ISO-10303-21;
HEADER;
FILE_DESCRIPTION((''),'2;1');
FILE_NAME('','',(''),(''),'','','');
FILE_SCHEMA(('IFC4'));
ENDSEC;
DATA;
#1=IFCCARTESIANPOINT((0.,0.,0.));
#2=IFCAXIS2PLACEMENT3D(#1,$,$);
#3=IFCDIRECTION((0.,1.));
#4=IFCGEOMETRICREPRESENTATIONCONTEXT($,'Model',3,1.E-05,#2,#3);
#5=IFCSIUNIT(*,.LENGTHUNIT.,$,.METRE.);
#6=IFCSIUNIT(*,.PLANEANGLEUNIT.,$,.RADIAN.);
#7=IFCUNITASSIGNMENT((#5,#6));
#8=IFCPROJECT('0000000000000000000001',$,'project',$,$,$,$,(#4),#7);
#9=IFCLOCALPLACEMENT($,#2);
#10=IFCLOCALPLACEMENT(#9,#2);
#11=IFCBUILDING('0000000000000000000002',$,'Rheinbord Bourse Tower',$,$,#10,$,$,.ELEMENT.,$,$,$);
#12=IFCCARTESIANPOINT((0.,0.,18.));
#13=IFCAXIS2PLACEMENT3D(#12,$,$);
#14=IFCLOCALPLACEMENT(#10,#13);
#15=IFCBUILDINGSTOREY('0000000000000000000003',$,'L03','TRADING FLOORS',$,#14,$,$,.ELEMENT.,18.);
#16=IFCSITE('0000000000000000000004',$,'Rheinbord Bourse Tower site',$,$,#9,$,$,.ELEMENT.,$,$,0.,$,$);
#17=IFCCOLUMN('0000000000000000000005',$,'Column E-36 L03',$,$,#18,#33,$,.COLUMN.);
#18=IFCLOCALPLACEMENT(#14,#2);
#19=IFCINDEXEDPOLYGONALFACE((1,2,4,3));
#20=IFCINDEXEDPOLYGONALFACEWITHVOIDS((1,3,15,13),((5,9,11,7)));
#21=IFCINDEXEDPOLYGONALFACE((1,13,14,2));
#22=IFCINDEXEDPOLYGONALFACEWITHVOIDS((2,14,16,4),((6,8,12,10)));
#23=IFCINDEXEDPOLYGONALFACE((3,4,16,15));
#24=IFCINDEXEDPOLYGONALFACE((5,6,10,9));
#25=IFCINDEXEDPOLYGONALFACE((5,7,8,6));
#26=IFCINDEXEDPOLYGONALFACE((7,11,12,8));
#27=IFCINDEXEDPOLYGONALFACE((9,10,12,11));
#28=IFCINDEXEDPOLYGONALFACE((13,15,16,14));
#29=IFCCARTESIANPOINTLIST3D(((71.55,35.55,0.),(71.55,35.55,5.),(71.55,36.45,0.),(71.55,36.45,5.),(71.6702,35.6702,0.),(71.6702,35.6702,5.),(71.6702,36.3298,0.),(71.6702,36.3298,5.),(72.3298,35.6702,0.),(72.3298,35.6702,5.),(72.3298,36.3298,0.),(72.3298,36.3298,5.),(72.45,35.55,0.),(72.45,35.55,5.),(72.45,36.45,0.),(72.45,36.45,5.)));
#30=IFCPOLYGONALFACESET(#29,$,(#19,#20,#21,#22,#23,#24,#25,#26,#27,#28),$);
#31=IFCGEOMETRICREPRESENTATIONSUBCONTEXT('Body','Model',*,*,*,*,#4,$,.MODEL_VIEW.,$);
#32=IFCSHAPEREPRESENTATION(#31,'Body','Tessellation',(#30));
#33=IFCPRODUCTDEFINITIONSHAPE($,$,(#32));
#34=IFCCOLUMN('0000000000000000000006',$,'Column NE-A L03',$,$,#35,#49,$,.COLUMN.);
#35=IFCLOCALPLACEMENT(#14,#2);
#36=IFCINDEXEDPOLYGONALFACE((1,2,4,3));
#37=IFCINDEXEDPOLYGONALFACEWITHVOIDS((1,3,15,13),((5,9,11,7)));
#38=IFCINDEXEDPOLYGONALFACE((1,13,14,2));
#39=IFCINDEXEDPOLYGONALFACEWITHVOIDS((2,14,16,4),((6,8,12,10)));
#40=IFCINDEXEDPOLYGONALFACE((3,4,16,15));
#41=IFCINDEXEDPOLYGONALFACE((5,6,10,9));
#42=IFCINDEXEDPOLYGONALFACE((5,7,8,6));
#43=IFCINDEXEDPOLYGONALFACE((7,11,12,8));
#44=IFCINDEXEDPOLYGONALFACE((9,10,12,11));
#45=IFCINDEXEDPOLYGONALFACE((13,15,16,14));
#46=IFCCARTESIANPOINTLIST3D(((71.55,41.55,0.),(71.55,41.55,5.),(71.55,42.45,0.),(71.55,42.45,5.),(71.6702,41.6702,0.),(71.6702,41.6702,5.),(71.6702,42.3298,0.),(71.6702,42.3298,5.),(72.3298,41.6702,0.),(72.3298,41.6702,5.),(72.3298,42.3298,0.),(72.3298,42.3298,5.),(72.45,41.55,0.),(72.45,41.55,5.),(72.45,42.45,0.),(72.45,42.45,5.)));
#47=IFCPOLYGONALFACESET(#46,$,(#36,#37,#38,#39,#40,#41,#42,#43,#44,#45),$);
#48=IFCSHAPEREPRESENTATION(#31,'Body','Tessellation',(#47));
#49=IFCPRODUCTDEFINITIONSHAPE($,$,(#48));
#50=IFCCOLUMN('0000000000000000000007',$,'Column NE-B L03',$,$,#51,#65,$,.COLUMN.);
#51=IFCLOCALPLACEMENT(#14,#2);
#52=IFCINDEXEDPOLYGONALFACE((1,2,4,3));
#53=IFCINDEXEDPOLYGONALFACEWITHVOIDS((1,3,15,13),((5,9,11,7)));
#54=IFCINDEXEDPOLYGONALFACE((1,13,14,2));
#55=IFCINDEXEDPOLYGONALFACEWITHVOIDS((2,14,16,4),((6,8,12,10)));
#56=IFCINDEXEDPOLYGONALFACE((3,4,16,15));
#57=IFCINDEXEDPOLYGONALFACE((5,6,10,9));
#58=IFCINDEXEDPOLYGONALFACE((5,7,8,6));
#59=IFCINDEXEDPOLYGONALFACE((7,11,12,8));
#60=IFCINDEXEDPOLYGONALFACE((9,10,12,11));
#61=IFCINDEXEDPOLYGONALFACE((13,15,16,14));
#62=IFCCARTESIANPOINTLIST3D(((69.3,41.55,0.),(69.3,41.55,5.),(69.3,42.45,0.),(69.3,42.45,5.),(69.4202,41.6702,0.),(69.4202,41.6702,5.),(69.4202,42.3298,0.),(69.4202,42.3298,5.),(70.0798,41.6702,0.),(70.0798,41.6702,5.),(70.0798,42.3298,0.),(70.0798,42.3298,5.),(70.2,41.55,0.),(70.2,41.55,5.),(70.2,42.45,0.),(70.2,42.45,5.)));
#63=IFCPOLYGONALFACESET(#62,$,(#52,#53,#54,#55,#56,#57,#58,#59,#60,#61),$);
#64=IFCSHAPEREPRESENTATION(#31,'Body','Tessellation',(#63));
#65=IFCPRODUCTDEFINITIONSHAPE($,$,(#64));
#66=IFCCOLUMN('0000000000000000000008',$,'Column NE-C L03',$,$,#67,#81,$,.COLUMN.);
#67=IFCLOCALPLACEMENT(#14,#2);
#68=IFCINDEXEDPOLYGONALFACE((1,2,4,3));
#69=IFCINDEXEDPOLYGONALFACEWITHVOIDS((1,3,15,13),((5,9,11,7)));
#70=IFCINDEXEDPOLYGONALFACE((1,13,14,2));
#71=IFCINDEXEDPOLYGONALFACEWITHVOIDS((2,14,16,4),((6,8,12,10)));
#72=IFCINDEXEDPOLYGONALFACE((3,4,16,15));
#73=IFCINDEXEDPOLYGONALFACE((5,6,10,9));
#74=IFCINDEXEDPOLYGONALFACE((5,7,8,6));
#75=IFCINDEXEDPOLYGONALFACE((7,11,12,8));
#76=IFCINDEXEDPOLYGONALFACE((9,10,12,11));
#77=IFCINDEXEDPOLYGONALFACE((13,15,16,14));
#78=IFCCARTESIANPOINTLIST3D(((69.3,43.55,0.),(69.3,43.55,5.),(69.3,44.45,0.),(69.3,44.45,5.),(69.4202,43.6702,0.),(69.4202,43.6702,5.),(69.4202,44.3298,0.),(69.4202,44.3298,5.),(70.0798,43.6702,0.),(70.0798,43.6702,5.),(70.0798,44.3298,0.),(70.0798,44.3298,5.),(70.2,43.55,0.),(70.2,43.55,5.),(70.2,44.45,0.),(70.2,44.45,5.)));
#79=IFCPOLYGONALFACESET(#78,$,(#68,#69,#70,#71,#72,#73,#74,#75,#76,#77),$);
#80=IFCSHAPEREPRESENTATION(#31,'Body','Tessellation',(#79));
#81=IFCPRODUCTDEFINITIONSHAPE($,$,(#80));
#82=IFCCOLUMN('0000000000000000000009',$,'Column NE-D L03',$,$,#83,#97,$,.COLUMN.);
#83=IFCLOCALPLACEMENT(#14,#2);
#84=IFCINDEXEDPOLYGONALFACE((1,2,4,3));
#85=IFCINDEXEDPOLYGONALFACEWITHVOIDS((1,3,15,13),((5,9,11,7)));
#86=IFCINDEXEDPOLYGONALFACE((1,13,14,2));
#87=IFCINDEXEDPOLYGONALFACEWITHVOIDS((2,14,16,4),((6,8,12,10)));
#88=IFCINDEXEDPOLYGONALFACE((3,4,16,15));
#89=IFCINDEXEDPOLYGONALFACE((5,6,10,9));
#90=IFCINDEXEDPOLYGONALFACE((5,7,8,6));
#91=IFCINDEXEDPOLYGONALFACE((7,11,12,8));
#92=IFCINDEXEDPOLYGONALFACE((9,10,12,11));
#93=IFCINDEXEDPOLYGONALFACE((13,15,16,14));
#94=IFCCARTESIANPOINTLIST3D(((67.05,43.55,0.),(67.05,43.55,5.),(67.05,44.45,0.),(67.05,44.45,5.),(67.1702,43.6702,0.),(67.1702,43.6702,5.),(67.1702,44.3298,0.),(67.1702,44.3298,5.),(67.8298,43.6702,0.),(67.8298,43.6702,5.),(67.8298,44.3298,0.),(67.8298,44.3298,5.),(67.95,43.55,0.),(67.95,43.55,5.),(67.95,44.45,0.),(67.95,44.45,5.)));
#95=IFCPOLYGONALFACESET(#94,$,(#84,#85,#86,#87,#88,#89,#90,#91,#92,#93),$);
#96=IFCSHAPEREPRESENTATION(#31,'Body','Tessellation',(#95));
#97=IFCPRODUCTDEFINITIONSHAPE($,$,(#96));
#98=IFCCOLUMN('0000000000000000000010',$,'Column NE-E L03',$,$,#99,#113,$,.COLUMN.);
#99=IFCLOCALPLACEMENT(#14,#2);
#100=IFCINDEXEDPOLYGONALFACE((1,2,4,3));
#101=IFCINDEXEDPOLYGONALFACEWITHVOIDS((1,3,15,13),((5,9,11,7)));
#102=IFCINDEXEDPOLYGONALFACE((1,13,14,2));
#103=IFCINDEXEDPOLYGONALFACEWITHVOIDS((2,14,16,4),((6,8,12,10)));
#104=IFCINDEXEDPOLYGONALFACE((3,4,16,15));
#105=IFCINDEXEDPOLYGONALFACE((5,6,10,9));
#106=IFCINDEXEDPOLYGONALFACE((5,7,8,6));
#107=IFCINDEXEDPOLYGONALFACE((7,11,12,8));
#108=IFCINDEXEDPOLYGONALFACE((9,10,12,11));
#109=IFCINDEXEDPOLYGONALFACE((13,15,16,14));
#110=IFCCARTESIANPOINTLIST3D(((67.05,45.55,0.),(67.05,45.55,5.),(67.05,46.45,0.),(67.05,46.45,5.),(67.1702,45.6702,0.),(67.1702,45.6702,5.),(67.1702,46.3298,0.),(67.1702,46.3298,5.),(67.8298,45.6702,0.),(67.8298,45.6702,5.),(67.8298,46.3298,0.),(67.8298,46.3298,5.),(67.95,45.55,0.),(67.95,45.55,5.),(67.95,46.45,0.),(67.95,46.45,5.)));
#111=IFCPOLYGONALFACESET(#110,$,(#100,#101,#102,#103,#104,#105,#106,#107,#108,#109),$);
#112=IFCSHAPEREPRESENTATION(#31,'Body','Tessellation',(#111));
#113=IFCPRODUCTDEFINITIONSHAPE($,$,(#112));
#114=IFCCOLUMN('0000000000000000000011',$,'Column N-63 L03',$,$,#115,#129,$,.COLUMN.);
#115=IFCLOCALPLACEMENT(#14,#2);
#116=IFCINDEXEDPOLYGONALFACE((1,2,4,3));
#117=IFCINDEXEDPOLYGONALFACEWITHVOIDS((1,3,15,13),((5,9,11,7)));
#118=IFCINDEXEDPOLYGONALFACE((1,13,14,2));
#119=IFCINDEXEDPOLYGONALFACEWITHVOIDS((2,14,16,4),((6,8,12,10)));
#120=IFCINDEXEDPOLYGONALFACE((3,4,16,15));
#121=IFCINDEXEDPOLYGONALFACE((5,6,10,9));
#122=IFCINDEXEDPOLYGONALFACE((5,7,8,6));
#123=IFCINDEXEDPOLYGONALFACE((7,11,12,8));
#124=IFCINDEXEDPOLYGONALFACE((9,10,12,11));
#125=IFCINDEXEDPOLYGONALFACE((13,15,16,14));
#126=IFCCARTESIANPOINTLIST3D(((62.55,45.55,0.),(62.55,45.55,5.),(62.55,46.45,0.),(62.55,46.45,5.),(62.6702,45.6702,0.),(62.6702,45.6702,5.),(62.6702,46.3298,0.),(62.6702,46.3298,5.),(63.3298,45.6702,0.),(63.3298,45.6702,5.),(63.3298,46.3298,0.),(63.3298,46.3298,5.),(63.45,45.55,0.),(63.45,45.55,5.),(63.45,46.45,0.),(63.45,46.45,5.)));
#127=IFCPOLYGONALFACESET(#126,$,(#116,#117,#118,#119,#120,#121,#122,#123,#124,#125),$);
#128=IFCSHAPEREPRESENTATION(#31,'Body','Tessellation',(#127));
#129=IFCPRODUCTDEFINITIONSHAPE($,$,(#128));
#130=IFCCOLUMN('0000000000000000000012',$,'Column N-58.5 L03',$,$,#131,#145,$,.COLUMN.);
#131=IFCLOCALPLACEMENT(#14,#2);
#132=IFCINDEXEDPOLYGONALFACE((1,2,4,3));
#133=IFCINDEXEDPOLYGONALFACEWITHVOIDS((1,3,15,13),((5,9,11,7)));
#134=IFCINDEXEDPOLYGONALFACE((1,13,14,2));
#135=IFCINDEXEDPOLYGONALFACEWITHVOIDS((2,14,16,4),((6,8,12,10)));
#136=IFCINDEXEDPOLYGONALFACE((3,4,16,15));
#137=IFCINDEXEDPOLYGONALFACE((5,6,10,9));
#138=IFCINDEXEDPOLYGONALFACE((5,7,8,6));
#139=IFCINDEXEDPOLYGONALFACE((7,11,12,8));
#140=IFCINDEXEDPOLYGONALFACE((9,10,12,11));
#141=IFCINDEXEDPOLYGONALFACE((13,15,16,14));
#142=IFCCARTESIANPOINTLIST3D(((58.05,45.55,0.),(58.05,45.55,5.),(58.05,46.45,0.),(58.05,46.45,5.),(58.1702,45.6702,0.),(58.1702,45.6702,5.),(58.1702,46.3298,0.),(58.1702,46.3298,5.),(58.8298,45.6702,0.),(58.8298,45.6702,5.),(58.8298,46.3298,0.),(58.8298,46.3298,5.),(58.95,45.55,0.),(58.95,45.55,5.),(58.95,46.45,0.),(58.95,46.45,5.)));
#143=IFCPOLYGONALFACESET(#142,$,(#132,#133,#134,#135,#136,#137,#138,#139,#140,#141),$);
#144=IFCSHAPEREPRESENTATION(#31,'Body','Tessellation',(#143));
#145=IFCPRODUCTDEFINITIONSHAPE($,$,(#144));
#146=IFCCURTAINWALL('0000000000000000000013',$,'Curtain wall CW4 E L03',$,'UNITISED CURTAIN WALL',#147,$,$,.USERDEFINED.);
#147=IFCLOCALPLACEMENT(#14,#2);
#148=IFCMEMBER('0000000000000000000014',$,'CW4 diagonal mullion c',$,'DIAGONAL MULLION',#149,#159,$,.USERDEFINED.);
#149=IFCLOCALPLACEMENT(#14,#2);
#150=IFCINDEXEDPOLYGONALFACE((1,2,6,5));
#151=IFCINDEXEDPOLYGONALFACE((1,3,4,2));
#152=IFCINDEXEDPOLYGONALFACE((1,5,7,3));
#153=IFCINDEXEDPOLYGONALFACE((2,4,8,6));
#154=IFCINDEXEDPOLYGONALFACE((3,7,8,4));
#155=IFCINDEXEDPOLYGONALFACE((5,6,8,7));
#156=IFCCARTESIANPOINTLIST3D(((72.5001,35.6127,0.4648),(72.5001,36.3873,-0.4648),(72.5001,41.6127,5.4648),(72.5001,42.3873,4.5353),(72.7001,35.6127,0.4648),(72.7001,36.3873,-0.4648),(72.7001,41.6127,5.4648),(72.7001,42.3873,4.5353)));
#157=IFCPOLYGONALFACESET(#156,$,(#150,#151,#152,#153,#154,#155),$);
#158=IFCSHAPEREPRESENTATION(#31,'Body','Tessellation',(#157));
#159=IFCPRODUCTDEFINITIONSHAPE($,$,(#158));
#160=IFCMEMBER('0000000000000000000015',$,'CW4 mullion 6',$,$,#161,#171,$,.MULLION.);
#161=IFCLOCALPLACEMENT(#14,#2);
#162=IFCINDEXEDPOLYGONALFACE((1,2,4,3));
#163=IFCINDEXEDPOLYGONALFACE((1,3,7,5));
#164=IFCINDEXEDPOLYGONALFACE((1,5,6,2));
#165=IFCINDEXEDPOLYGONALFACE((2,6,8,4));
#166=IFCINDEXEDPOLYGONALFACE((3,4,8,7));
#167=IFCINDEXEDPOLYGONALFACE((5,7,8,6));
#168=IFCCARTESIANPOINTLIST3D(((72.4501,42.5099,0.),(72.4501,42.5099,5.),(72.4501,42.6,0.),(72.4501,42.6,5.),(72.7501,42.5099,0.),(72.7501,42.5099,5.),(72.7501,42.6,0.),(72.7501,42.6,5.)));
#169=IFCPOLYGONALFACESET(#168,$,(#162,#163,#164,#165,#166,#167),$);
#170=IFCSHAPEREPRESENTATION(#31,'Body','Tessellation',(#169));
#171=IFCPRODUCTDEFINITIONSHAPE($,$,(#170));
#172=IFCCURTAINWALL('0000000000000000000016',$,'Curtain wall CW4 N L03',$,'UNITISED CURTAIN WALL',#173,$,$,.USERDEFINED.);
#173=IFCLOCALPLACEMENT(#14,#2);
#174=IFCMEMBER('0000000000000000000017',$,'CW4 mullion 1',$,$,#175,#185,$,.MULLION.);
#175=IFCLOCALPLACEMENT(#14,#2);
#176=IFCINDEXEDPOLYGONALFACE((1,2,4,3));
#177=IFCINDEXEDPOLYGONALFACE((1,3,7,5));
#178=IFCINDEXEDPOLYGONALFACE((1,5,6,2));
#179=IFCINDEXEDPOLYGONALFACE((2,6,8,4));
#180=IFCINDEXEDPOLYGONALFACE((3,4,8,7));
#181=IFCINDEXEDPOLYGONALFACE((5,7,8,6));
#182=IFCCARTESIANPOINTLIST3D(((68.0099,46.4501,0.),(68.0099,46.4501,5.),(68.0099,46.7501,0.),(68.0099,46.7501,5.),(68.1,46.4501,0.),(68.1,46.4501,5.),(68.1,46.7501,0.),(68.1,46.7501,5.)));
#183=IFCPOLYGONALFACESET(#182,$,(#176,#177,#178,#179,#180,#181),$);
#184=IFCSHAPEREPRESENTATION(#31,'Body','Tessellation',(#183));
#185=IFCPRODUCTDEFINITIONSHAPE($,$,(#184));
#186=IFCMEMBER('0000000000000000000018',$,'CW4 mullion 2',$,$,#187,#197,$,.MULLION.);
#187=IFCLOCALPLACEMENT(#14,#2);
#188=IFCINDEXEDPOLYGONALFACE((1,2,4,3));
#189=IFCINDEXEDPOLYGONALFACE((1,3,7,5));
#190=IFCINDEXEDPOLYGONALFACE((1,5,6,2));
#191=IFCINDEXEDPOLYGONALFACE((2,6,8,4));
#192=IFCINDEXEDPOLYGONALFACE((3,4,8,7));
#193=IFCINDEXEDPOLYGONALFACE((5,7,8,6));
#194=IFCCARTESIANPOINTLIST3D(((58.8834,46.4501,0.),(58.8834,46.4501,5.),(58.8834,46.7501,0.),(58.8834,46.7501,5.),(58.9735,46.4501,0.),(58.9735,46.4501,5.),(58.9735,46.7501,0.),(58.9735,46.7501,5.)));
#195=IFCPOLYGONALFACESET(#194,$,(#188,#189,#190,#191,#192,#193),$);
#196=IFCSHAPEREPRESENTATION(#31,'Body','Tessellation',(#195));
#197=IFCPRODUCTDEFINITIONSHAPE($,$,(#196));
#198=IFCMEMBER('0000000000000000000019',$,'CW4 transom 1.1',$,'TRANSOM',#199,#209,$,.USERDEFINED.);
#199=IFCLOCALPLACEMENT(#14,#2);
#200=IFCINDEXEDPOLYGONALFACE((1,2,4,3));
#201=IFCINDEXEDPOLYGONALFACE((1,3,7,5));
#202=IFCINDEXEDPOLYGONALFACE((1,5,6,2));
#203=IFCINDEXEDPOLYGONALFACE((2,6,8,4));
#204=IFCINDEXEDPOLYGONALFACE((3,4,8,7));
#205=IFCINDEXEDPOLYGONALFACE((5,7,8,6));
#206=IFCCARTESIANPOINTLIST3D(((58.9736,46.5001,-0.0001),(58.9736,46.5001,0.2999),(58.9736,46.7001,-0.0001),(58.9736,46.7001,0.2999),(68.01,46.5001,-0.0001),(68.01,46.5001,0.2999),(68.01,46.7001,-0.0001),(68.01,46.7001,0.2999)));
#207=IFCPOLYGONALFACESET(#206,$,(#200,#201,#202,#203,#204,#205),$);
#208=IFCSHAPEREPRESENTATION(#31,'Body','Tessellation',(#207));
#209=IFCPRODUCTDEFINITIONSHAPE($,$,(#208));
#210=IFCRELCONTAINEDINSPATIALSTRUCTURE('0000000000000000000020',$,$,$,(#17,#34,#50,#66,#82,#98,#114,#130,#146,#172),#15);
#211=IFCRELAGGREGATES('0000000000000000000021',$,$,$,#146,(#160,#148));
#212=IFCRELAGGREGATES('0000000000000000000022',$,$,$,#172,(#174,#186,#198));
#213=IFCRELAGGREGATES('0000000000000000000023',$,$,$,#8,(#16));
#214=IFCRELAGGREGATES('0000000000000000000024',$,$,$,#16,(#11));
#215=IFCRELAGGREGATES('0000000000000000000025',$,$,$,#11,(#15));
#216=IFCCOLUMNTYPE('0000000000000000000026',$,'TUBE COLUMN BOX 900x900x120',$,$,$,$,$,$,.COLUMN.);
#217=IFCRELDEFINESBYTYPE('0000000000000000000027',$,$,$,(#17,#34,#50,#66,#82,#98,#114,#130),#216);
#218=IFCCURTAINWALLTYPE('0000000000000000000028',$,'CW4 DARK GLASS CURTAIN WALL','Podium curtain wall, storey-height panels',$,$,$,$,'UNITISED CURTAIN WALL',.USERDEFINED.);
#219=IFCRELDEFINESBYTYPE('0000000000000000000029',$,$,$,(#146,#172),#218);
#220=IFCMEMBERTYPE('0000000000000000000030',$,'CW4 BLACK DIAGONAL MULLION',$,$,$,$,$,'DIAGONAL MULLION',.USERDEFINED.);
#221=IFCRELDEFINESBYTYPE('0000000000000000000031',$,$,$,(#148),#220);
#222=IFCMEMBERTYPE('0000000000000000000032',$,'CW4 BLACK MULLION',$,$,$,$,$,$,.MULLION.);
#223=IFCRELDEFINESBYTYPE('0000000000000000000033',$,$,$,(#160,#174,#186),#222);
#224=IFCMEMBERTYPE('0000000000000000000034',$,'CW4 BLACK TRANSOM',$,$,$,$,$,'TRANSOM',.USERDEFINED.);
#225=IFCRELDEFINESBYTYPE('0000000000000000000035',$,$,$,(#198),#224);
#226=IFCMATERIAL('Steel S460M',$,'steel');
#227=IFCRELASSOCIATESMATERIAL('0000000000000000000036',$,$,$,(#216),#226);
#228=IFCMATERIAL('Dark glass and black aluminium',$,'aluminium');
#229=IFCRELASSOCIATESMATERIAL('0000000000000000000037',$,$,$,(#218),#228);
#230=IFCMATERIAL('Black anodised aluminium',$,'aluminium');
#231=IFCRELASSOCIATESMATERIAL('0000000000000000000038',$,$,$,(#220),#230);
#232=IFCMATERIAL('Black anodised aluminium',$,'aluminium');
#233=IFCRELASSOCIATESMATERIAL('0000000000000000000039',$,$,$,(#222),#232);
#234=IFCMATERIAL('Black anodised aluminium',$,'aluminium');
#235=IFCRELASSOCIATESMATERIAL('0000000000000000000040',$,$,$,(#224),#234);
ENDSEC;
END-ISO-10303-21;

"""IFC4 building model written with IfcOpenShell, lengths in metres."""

from ifc_helpers import new_model, si_unit, direction, frame, origin, origin_2d, place, context, subcontext, project, spatial, rectangle, hollow_rectangle, extrude, material, material_profile, profile_set, type_object, element, aggregate, save


model = new_model("IFC4")

# Units and contexts
model_context = context("Model", 3, precision=1e-05, world=origin(), true_north=direction((0.0, 1.0)))
body_context = subcontext(model_context, "Body", "Model", "MODEL_VIEW")
ifc_project = project(units=[si_unit("LENGTHUNIT", "METRE"), si_unit("PLANEANGLEUNIT", "RADIAN")], contexts=[model_context])

# Site, building, storey
site_placement = place(None, origin())
site = spatial("IfcSite", under=ifc_project, at=site_placement, Name="Rheinbord Bourse Tower site", CompositionType="ELEMENT", RefElevation=0.0)
building_placement = place(site_placement, origin())
building = spatial("IfcBuilding", under=site, at=building_placement, Name="Rheinbord Bourse Tower", CompositionType="ELEMENT")
storey_placement = place(building_placement, frame((0.0, 0.0, 18.0)))
storey = spatial("IfcBuildingStorey", under=building, at=storey_placement, Name="L03", Description="TRADING FLOORS", CompositionType="ELEMENT", Elevation=18.0)

# Columns
ifc_material_1 = material(Name="Steel S460M", Category="steel")
ifc_material_profile_1 = material_profile(ifc_material_1, hollow_rectangle(XDim=0.8999, YDim=0.8999, WallThickness=0.1201, at=origin_2d()), Name="BOX 900x900x120")
ifc_profile_set_1 = profile_set([ifc_material_profile_1], Name="Steel S460M")
column_type = type_object("IfcColumnType", Name="TUBE COLUMN BOX 900x900x120", PredefinedType="COLUMN", material=ifc_profile_set_1)
for number, where, z_axis, x_axis, name in (
    (1, (72.0, 36.0, 0.0), (0.0, 0.0, 1.0), (1.0, 0.0, 0.0), "Column E-36 L03"),
    (2, (72.0, 42.0, 0.0), (0.0, 0.0, 1.0), (1.0, 0.0, 0.0), "Column NE-A L03"),
    (3, (69.75, 42.0, 0.0), (0.0, 0.0, 1.0), (1.0, 0.0, 0.0), "Column NE-B L03"),
    (4, (69.75, 44.0, 0.0), (0.0, 0.0, 1.0), (1.0, 0.0, 0.0), "Column NE-C L03"),
    (5, (67.5, 44.0, 0.0), (0.0, 0.0, 1.0), (0.0, 1.0, 0.0), "Column NE-D L03"),
    (6, (67.5, 46.0, 0.0), (0.0, 0.0, 1.0), (0.0, 1.0, 0.0), "Column NE-E L03"),
    (7, (63.0, 46.0, 0.0), (0.0, 0.0, 1.0), (0.0, 1.0, 0.0), "Column N-63 L03"),
    (8, (58.5, 46.0, 0.0), (0.0, 0.0, 1.0), (0.0, 1.0, 0.0), "Column N-58.5 L03"),
):
    element("IfcColumn", number, at=place(storey_placement, frame(where, z_axis=z_axis, x_axis=x_axis)), inside=storey, type_object=column_type, Name=name, PredefinedType="COLUMN", context=body_context, shape_type="SweptSolid", body=[
        extrude(hollow_rectangle(XDim=0.8999, YDim=0.8999, WallThickness=0.1201, at=origin_2d()), origin(), (0.0, 0.0, 1.0), 5.0),
    ])

# Curtain walls, members
ifc_material_2 = material(Name="Dark glass and black aluminium", Category="aluminium")
curtain_wall_type = type_object("IfcCurtainWallType", Name="CW4 DARK GLASS CURTAIN WALL", Description="Podium curtain wall, storey-height panels", ElementType="UNITISED CURTAIN WALL", PredefinedType="USERDEFINED", material=ifc_material_2)
curtain_wall_1_placement = place(storey_placement, origin())
curtain_wall_1 = element("IfcCurtainWall", 9, at=curtain_wall_1_placement, inside=storey, type_object=curtain_wall_type, Name="Curtain wall CW4 E L03", ObjectType="UNITISED CURTAIN WALL", PredefinedType="USERDEFINED")
ifc_material_3 = material(Name="Black anodised aluminium", Category="aluminium")
ifc_material_profile_2 = material_profile(ifc_material_3, rectangle(XDim=0.2, YDim=1.21, at=origin_2d()), Name="CW4 DIAGONAL MULLION 1210x200")
ifc_profile_set_2 = profile_set([ifc_material_profile_2], Name="Black anodised aluminium")
member_type_1 = type_object("IfcMemberType", Name="CW4 BLACK DIAGONAL MULLION", ElementType="DIAGONAL MULLION", PredefinedType="USERDEFINED", material=ifc_profile_set_2)
member_1_placement = place(storey_placement, frame((72.6001, 36.0, 0.0), z_axis=(0.0, 0.768221, 0.640184), x_axis=(-1.0, 0.0, 0.0)))
member_1 = element("IfcMember", 10, at=member_1_placement, type_object=member_type_1, Name="CW4 diagonal mullion c", ObjectType="DIAGONAL MULLION", PredefinedType="USERDEFINED", context=body_context, shape_type="SweptSolid", body=[
    extrude(rectangle(XDim=0.2, YDim=1.21, at=origin_2d()), origin(), (0.0, 0.0, 1.0), 7.8103),
])
ifc_material_4 = material(Name="Black anodised aluminium", Category="aluminium")
ifc_material_profile_3 = material_profile(ifc_material_4, rectangle(XDim=0.3, YDim=0.0901, at=origin_2d()), Name="CW4 MULLION 90x300")
ifc_profile_set_3 = profile_set([ifc_material_profile_3], Name="Black anodised aluminium")
member_type_2 = type_object("IfcMemberType", Name="CW4 BLACK MULLION", PredefinedType="MULLION", material=ifc_profile_set_3)
member_2_placement = place(storey_placement, frame((72.6001, 42.5549, 0.0), z_axis=(0.0, 0.0, 1.0), x_axis=(-1.0, 0.0, 0.0)))
member_2 = element("IfcMember", 11, at=member_2_placement, type_object=member_type_2, Name="CW4 mullion 6", PredefinedType="MULLION", context=body_context, shape_type="SweptSolid", body=[
    extrude(rectangle(XDim=0.3, YDim=0.0901, at=origin_2d()), origin(), (0.0, 0.0, 1.0), 5.0),
])
curtain_wall_2_placement = place(storey_placement, origin())
curtain_wall_2 = element("IfcCurtainWall", 12, at=curtain_wall_2_placement, inside=storey, type_object=curtain_wall_type, Name="Curtain wall CW4 N L03", ObjectType="UNITISED CURTAIN WALL", PredefinedType="USERDEFINED")
member_3_placement = place(storey_placement, frame((68.0549, 46.6001, 0.0), z_axis=(0.0, 0.0, 1.0), x_axis=(0.0, -1.0, 0.0)))
member_3 = element("IfcMember", 13, at=member_3_placement, type_object=member_type_2, Name="CW4 mullion 1", PredefinedType="MULLION", context=body_context, shape_type="SweptSolid", body=[
    extrude(rectangle(XDim=0.3, YDim=0.0901, at=origin_2d()), origin(), (0.0, 0.0, 1.0), 5.0),
])
member_4_placement = place(storey_placement, frame((58.9285, 46.6001, 0.0), z_axis=(0.0, 0.0, 1.0), x_axis=(0.0, -1.0, 0.0)))
member_4 = element("IfcMember", 14, at=member_4_placement, type_object=member_type_2, Name="CW4 mullion 2", PredefinedType="MULLION", context=body_context, shape_type="SweptSolid", body=[
    extrude(rectangle(XDim=0.3, YDim=0.0901, at=origin_2d()), origin(), (0.0, 0.0, 1.0), 5.0),
])
ifc_material_5 = material(Name="Black anodised aluminium", Category="aluminium")
ifc_material_profile_4 = material_profile(ifc_material_5, rectangle(XDim=0.2, YDim=0.3, at=origin_2d()), Name="CW4 TRANSOM 300x200")
ifc_profile_set_4 = profile_set([ifc_material_profile_4], Name="Black anodised aluminium")
member_type_3 = type_object("IfcMemberType", Name="CW4 BLACK TRANSOM", ElementType="TRANSOM", PredefinedType="USERDEFINED", material=ifc_profile_set_4)
member_5_placement = place(storey_placement, frame((68.01, 46.6001, 0.1499), z_axis=(-1.0, 0.0, 0.0), x_axis=(0.0, -1.0, 0.0)))
member_5 = element("IfcMember", 15, at=member_5_placement, type_object=member_type_3, Name="CW4 transom 1.1", ObjectType="TRANSOM", PredefinedType="USERDEFINED", context=body_context, shape_type="SweptSolid", body=[
    extrude(rectangle(XDim=0.2, YDim=0.3, at=origin_2d()), origin(), (0.0, 0.0, 1.0), 9.0364),
])

aggregate(curtain_wall_1, [member_2, member_1])
aggregate(curtain_wall_2, [member_3, member_4, member_5])

save(model, "model.ifc")
